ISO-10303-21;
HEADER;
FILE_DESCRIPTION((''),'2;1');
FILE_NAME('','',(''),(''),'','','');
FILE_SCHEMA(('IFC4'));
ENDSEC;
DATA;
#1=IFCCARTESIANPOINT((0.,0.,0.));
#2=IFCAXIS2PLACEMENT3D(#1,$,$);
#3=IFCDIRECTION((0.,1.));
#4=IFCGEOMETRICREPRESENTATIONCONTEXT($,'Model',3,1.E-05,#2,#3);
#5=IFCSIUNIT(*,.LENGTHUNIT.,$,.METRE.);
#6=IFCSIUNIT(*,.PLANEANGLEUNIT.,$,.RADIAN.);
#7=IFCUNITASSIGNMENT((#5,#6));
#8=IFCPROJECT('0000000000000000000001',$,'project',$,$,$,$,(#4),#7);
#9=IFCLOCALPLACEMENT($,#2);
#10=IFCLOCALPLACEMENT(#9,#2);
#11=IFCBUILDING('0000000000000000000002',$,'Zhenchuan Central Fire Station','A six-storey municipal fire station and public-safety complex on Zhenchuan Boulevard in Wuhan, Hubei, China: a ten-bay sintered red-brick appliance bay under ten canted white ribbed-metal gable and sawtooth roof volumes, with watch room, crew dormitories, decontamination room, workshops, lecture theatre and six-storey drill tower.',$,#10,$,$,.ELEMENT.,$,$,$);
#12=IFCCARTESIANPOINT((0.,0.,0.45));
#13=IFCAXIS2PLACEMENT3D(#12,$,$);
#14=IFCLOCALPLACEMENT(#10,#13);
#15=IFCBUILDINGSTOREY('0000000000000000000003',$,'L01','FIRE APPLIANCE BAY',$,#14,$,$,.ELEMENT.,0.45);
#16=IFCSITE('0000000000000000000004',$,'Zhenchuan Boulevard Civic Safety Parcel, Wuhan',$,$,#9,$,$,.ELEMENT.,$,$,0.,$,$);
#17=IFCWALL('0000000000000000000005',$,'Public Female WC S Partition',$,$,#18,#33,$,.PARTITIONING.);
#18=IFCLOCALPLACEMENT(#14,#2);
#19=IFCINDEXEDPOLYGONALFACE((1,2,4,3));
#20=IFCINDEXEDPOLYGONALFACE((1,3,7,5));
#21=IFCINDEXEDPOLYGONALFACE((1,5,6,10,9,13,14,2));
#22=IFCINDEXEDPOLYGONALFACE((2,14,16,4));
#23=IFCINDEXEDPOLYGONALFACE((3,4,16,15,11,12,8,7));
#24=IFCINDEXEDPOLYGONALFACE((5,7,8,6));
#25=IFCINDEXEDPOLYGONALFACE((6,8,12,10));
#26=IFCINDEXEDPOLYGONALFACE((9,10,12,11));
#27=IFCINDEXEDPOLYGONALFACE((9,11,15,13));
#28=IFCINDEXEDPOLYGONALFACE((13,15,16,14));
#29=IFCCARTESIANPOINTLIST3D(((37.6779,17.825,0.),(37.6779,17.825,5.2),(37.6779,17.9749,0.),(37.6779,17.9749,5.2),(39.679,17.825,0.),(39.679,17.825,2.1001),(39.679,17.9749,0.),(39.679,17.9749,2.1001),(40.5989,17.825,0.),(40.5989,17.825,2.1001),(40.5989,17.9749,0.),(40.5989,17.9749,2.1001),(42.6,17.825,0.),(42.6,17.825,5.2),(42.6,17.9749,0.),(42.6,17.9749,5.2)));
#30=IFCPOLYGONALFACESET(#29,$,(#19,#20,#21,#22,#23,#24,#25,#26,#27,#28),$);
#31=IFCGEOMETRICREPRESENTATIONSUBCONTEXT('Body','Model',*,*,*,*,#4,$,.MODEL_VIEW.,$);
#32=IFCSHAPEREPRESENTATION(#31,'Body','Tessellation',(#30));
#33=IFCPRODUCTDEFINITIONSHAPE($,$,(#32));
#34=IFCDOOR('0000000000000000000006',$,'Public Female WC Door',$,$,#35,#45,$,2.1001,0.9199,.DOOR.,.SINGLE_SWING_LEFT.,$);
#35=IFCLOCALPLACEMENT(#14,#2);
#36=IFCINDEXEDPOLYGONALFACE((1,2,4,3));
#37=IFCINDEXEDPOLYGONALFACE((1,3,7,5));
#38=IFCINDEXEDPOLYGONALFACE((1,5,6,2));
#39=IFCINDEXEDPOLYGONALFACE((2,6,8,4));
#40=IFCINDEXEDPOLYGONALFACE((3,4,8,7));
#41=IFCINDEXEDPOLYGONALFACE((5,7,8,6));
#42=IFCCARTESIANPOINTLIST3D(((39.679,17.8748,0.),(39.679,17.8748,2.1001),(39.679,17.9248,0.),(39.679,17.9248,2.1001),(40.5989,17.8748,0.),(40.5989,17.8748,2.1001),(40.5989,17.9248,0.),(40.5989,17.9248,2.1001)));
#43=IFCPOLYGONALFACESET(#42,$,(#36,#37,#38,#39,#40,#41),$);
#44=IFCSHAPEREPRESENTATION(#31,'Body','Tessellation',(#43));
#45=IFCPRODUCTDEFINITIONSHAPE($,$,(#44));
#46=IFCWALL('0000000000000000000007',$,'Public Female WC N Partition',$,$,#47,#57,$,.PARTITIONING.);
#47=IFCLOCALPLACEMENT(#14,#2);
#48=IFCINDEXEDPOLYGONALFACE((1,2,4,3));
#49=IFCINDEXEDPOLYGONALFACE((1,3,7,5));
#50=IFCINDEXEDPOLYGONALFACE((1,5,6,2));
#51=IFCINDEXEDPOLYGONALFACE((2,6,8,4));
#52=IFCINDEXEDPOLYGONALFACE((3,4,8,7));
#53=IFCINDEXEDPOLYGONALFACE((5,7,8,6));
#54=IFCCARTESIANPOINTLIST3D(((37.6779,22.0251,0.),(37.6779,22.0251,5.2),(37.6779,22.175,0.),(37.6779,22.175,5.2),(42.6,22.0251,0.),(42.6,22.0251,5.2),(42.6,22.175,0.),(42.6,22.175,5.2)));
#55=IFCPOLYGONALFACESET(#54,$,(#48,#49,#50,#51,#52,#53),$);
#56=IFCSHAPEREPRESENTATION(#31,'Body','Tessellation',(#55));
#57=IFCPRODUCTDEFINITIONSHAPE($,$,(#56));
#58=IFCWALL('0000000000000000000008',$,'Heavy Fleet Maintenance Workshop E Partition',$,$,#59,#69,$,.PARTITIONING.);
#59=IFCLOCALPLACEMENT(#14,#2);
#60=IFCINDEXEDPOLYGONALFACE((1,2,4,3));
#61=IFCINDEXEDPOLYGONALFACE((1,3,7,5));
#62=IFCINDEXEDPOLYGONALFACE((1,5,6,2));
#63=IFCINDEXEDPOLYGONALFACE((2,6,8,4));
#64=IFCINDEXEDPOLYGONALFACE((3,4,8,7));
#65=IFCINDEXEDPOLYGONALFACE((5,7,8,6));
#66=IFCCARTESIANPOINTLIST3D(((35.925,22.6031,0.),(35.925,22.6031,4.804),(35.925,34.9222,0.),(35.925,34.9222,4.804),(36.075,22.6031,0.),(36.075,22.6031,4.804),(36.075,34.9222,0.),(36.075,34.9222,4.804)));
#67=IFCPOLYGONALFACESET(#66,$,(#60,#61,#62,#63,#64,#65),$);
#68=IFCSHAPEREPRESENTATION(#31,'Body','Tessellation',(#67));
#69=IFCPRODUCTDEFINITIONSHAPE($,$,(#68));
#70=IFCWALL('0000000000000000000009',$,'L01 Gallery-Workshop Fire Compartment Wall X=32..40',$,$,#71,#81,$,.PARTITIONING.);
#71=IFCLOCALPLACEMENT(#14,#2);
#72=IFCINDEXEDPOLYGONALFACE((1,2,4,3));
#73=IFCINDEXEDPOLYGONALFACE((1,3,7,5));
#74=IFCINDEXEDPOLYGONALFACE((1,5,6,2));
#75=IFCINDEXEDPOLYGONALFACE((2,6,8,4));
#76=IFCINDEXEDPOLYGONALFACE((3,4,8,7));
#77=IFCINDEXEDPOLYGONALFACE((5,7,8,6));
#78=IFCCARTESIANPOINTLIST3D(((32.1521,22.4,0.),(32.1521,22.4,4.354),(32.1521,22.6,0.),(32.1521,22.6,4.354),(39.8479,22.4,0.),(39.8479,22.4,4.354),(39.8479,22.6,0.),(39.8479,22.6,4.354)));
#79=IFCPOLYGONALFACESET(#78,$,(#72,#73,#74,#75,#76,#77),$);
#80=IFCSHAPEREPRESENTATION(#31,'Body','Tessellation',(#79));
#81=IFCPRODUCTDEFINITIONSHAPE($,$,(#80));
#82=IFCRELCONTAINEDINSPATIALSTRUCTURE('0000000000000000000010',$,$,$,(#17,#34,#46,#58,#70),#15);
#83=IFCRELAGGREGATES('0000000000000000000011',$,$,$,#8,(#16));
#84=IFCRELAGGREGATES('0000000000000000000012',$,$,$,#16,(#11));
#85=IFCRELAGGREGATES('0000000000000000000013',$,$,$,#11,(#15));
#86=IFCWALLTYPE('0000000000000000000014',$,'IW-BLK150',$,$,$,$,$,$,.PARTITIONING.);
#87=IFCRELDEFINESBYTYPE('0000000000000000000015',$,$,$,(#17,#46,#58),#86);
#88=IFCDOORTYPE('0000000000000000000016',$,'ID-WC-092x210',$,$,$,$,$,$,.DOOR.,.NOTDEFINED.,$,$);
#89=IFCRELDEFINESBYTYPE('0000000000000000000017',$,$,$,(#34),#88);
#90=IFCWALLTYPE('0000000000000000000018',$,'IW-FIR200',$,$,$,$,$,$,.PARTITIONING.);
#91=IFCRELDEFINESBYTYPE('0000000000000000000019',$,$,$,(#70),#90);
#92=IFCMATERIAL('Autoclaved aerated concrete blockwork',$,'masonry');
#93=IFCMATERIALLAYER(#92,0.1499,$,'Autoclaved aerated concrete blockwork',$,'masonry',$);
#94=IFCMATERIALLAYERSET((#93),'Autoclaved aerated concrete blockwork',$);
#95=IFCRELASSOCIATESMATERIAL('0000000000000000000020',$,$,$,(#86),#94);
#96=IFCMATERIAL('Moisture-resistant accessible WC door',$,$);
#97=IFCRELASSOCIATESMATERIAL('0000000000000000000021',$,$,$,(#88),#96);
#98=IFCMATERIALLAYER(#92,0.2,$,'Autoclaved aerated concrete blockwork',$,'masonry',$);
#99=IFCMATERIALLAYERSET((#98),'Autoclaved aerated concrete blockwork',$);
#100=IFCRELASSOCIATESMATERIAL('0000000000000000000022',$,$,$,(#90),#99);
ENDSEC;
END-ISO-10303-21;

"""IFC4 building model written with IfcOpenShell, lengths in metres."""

from ifc_helpers import new_model, si_unit, direction, frame, frame_2d, origin, place, context, subcontext, project, spatial, rectangle, extrude, material, layer, layer_set, type_object, element, fill, save


model = new_model("IFC4")

# Units and contexts
model_context = context("Model", 3, precision=1e-05, world=origin(), true_north=direction((0.0, 1.0)))
body_context = subcontext(model_context, "Body", "Model", "MODEL_VIEW")
ifc_project = project(units=[si_unit("LENGTHUNIT", "METRE"), si_unit("PLANEANGLEUNIT", "RADIAN")], contexts=[model_context])

# Site, building, storey
site_placement = place(None, origin())
site = spatial("IfcSite", under=ifc_project, at=site_placement, Name="Zhenchuan Boulevard Civic Safety Parcel, Wuhan", CompositionType="ELEMENT", RefElevation=0.0)
building_placement = place(site_placement, origin())
building = spatial("IfcBuilding", under=site, at=building_placement, Name="Zhenchuan Central Fire Station", Description="A six-storey municipal fire station and public-safety complex on Zhenchuan Boulevard in Wuhan, Hubei, China: a ten-bay sintered red-brick appliance bay under ten canted white ribbed-metal gable and sawtooth roof volumes, with watch room, crew dormitories, decontamination room, workshops, lecture theatre and six-storey drill tower.", CompositionType="ELEMENT")
storey_placement = place(building_placement, frame((0.0, 0.0, 0.45)))
storey = spatial("IfcBuildingStorey", under=building, at=storey_placement, Name="L01", Description="FIRE APPLIANCE BAY", CompositionType="ELEMENT", Elevation=0.45)

# Shared definitions
ifc_material_1 = material(Name="Autoclaved aerated concrete blockwork", Category="masonry")
ifc_layer_1 = layer(ifc_material_1, 0.1499, Name="Autoclaved aerated concrete blockwork", Category="masonry")
ifc_layer_set_1 = layer_set([ifc_layer_1], Name="Autoclaved aerated concrete blockwork")
wall_type_1 = type_object("IfcWallType", Name="IW-BLK150", PredefinedType="PARTITIONING", material=ifc_layer_set_1)

# Wall, opening, door
wall_1_placement = place(storey_placement, frame((37.678, 17.8999, 0.0), z_axis=(0.0, 0.0, 1.0), x_axis=(1.0, 0.0, 0.0)))
wall_1 = element("IfcWall", 1, at=wall_1_placement, inside=storey, type_object=wall_type_1, Name="Public Female WC S Partition", PredefinedType="PARTITIONING", context=body_context, shape_type="SweptSolid", body=[
    extrude(rectangle(XDim=4.9221, YDim=0.1499, at=frame_2d((2.4609, 0.0))), origin(), (0.0, 0.0, 1.0), 5.2),
])
opening_1_placement = place(wall_1_placement, frame((2.001, 0.0, 0.0)))
opening_1 = element("IfcOpeningElement", 2, at=opening_1_placement, cuts=wall_1, PredefinedType="OPENING", context=body_context, shape_type="SweptSolid", body=[
    extrude(rectangle(XDim=0.9199, YDim=2.1001, at=frame_2d((0.46, 1.05))), frame((0.0, 0.085, 0.0), z_axis=(0.0, -1.0, 0.0), x_axis=(1.0, 0.0, 0.0)), (0.0, 0.0, 1.0), 0.1699),
])
ifc_material_2 = material(Name="Moisture-resistant accessible WC door")
door_type_1 = type_object("IfcDoorType", Name="ID-WC-092x210", OperationType="NOTDEFINED", PredefinedType="DOOR", material=ifc_material_2)
door_1_placement = place(opening_1_placement, origin())
door_1 = element("IfcDoor", 3, at=door_1_placement, inside=storey, type_object=door_type_1, Name="Public Female WC Door", OperationType="SINGLE_SWING_LEFT", OverallHeight=2.1001, OverallWidth=0.9199, PredefinedType="DOOR", context=body_context, shape_type="SweptSolid", body=[
    extrude(rectangle(XDim=0.9199, YDim=2.1001, at=frame_2d((0.46, 1.05))), frame((0.0, 0.0249, 0.0), z_axis=(0.0, -1.0, 0.0), x_axis=(1.0, 0.0, 0.0)), (0.0, 0.0, 1.0), 0.05),
])
fill(opening_1, door_1)

# Walls
wall_2_placement = place(storey_placement, frame((37.678, 22.1001, 0.0), z_axis=(0.0, 0.0, 1.0), x_axis=(1.0, 0.0, 0.0)))
element("IfcWall", 4, at=wall_2_placement, inside=storey, type_object=wall_type_1, Name="Public Female WC N Partition", PredefinedType="PARTITIONING", context=body_context, shape_type="SweptSolid", body=[
    extrude(rectangle(XDim=4.9221, YDim=0.1499, at=frame_2d((2.4609, 0.0))), origin(), (0.0, 0.0, 1.0), 5.2),
])
wall_3_placement = place(storey_placement, frame((36.0, 22.603, 0.0), z_axis=(0.0, 0.0, 1.0), x_axis=(0.0, 1.0, 0.0)))
element("IfcWall", 5, at=wall_3_placement, inside=storey, type_object=wall_type_1, Name="Heavy Fleet Maintenance Workshop E Partition", PredefinedType="PARTITIONING", context=body_context, shape_type="SweptSolid", body=[
    extrude(rectangle(XDim=12.3191, YDim=0.1499, at=frame_2d((6.1597, 0.0))), origin(), (0.0, 0.0, 1.0), 4.804),
])
ifc_layer_2 = layer(ifc_material_1, 0.2, Name="Autoclaved aerated concrete blockwork", Category="masonry")
ifc_layer_set_2 = layer_set([ifc_layer_2], Name="Autoclaved aerated concrete blockwork")
wall_type_2 = type_object("IfcWallType", Name="IW-FIR200", PredefinedType="PARTITIONING", material=ifc_layer_set_2)
wall_4_placement = place(storey_placement, frame((32.1521, 22.5, 0.0), z_axis=(0.0, 0.0, 1.0), x_axis=(1.0, 0.0, 0.0)))
element("IfcWall", 6, at=wall_4_placement, inside=storey, type_object=wall_type_2, Name="L01 Gallery-Workshop Fire Compartment Wall X=32..40", PredefinedType="PARTITIONING", context=body_context, shape_type="SweptSolid", body=[
    extrude(rectangle(XDim=7.6958, YDim=0.2, at=frame_2d((3.8479, 0.0))), origin(), (0.0, 0.0, 1.0), 4.354),
])

save(model, "model.ifc")
